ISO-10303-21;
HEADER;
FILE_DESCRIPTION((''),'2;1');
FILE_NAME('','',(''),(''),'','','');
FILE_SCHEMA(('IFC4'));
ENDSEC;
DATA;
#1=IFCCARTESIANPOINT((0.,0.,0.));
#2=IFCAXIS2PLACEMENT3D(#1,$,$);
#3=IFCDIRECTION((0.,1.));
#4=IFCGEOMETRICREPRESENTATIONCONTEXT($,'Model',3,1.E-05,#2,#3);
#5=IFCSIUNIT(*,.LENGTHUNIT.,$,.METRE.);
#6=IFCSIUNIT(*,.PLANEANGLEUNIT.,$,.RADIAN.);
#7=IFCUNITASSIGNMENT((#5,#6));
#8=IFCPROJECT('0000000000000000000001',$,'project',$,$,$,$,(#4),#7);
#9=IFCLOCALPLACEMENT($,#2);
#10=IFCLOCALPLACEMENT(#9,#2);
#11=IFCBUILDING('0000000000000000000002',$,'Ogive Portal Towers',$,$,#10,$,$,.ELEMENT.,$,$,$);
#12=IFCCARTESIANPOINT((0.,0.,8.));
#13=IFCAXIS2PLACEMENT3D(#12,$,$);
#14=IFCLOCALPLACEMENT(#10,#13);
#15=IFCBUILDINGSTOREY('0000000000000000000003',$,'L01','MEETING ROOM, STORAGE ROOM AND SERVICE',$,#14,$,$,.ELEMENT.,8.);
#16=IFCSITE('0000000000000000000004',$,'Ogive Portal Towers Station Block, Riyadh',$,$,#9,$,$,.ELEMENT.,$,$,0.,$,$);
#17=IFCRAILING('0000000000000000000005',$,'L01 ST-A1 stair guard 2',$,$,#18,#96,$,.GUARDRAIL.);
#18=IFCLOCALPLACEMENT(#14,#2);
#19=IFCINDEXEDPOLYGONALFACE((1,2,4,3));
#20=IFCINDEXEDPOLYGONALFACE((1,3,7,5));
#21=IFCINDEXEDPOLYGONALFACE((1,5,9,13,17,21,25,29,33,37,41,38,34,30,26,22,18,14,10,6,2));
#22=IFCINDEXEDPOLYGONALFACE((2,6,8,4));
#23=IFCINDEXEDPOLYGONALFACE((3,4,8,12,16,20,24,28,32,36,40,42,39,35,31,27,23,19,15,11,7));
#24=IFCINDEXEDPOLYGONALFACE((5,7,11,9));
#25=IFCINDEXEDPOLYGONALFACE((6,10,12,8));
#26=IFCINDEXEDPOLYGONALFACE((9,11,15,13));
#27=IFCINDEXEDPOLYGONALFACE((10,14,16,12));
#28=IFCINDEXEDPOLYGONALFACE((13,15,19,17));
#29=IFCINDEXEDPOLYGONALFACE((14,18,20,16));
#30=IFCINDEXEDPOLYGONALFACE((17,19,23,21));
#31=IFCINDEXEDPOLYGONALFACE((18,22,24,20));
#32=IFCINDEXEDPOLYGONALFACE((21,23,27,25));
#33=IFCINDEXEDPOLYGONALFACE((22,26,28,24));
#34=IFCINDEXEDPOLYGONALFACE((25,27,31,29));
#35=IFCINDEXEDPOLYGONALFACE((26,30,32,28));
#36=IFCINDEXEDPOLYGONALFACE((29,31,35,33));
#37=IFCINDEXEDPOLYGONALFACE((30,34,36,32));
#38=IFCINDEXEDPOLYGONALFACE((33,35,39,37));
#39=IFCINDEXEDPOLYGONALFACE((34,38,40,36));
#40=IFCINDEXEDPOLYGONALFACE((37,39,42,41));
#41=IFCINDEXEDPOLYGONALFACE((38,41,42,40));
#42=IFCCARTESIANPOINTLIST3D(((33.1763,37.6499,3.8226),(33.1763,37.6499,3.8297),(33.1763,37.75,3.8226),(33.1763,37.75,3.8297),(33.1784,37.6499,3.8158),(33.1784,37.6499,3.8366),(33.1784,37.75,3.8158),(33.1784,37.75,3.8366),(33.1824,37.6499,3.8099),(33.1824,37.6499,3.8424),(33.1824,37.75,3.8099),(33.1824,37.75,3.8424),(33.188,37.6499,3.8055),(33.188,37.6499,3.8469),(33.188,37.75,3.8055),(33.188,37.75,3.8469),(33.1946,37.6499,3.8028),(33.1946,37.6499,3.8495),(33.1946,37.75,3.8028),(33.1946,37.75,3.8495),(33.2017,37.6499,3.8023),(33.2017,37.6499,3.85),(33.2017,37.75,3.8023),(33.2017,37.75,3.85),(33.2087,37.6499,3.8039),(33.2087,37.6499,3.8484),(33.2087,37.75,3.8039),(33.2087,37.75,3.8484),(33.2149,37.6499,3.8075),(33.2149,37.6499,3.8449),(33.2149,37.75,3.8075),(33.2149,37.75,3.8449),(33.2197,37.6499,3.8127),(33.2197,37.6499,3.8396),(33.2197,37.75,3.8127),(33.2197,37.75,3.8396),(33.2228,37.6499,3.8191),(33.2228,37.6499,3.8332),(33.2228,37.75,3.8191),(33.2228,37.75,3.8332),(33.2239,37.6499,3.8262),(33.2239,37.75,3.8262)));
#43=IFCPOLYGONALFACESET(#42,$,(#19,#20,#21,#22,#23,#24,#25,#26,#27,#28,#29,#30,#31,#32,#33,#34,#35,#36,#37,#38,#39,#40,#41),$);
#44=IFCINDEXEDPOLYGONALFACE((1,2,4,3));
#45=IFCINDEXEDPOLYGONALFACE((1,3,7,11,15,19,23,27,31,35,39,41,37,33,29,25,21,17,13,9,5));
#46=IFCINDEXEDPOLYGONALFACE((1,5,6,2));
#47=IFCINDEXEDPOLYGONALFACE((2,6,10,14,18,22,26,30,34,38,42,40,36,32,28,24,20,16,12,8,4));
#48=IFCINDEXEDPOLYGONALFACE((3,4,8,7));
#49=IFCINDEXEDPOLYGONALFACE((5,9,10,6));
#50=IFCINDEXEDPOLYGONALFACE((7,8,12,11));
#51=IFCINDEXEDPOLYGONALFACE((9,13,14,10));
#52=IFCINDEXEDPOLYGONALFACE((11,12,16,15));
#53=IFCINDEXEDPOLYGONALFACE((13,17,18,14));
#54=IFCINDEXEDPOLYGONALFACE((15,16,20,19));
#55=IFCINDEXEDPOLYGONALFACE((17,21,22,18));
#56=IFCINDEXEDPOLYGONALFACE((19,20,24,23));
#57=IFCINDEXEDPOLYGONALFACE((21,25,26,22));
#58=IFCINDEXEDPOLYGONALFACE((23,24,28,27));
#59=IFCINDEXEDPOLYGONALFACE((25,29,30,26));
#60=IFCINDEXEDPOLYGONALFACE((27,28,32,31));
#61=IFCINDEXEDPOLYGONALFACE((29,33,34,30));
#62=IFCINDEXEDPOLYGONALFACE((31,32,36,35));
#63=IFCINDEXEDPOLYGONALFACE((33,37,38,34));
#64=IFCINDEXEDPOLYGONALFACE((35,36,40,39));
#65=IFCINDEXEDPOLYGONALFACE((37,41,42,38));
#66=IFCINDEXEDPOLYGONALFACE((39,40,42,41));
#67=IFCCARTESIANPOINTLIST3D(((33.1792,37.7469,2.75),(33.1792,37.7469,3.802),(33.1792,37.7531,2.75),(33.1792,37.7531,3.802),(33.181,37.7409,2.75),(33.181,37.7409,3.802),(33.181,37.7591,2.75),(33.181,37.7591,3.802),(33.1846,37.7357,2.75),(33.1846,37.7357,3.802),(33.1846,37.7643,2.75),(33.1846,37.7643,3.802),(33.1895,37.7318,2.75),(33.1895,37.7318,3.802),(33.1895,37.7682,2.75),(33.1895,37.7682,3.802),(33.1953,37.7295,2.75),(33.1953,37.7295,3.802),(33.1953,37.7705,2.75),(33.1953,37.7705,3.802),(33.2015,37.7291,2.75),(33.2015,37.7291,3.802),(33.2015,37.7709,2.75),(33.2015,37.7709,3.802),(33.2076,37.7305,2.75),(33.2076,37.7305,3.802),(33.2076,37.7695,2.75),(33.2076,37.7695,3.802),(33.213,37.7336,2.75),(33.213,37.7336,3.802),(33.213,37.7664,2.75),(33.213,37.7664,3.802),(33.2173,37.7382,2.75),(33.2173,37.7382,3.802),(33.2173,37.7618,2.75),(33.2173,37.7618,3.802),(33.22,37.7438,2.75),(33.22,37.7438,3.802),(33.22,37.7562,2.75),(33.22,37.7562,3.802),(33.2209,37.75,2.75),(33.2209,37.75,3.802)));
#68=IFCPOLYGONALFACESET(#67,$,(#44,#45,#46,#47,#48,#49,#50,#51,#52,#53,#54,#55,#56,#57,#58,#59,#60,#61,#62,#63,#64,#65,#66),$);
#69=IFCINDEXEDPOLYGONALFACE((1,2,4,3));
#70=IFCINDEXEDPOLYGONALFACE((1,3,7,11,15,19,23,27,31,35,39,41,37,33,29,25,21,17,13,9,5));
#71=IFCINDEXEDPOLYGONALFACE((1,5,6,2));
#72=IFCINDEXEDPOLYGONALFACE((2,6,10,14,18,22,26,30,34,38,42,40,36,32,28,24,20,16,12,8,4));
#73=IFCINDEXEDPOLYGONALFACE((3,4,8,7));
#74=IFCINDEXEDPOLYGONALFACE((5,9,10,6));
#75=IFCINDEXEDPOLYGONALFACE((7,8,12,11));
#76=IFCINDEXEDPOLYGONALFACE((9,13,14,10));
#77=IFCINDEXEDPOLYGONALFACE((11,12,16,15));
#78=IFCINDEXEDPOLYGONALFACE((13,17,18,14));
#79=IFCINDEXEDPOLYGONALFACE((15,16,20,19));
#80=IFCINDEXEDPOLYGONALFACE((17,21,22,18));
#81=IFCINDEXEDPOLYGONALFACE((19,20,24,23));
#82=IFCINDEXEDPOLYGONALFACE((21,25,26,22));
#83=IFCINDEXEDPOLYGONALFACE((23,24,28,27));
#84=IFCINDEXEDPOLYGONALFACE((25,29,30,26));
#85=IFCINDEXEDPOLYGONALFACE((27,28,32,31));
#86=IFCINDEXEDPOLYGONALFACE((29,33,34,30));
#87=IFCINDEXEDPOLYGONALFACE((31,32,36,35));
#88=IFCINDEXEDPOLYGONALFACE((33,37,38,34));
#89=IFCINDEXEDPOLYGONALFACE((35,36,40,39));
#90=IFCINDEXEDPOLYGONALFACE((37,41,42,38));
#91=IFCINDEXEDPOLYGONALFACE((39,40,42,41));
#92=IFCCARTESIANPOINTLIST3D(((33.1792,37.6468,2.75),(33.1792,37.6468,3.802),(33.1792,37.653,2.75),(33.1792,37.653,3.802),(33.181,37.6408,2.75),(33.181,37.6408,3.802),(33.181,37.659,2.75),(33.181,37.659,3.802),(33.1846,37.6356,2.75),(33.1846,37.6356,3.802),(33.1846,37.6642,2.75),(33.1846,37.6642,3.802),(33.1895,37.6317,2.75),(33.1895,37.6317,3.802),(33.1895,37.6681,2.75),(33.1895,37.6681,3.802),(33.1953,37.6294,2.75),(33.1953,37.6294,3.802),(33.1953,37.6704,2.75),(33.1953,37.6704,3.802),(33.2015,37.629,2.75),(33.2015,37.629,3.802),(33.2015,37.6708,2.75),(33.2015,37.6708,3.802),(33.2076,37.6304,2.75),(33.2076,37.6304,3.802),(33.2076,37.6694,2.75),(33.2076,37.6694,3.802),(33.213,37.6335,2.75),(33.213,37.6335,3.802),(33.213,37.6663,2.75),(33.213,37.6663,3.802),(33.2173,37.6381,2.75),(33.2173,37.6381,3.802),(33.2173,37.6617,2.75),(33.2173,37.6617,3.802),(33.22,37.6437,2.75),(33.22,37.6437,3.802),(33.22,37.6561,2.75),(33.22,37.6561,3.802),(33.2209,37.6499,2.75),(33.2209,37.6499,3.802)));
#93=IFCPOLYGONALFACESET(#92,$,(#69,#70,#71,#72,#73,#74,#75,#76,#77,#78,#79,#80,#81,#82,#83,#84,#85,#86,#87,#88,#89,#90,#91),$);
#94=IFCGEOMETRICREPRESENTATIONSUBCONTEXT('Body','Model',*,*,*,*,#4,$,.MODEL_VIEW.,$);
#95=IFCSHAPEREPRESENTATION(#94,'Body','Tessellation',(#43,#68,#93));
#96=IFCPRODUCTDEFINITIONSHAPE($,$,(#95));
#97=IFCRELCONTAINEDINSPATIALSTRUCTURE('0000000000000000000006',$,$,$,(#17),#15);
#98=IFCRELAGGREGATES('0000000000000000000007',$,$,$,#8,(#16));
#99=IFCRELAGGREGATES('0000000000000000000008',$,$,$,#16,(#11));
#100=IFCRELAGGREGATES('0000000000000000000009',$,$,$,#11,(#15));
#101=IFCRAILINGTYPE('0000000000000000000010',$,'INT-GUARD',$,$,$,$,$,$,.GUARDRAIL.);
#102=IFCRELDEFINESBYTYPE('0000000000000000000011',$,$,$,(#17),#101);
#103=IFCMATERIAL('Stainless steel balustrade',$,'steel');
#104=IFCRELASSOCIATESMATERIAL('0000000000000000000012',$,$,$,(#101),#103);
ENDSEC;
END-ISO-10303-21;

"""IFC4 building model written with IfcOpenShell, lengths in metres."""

from ifc_helpers import new_model, si_unit, direction, frame, origin, origin_2d, place, context, subcontext, project, spatial, circle, extrude, material, type_object, element, save


model = new_model("IFC4")

# Units and contexts
model_context = context("Model", 3, precision=1e-05, world=origin(), true_north=direction((0.0, 1.0)))
body_context = subcontext(model_context, "Body", "Model", "MODEL_VIEW")
ifc_project = project(units=[si_unit("LENGTHUNIT", "METRE"), si_unit("PLANEANGLEUNIT", "RADIAN")], contexts=[model_context])

# Site, building, storey
site_placement = place(None, origin())
site = spatial("IfcSite", under=ifc_project, at=site_placement, Name="Ogive Portal Towers Station Block, Riyadh", CompositionType="ELEMENT", RefElevation=0.0)
building_placement = place(site_placement, origin())
building = spatial("IfcBuilding", under=site, at=building_placement, Name="Ogive Portal Towers", CompositionType="ELEMENT")
storey_placement = place(building_placement, frame((0.0, 0.0, 8.0)))
storey = spatial("IfcBuildingStorey", under=building, at=storey_placement, Name="L01", Description="MEETING ROOM, STORAGE ROOM AND SERVICE", CompositionType="ELEMENT", Elevation=8.0)

# Railing
ifc_material_1 = material(Name="Stainless steel balustrade", Category="steel")
railing_type_1 = type_object("IfcRailingType", Name="INT-GUARD", PredefinedType="GUARDRAIL", material=ifc_material_1)
railing_1_placement = place(storey_placement, frame((33.2, 37.75, 2.75)))
element("IfcRailing", 1, at=railing_1_placement, inside=storey, type_object=railing_type_1, Name="L01 ST-A1 stair guard 2", PredefinedType="GUARDRAIL", context=body_context, shape_type="SweptSolid", body=[
    extrude(circle(Radius=0.0239, at=origin_2d()), frame((0.0, 0.0, 1.0762), z_axis=(0.0, -1.0, 0.0), x_axis=(1.0, 0.0, 0.0)), (0.0, 0.0, 1.0), 0.1001),
    extrude(circle(Radius=0.021, at=origin_2d()), origin(), (0.0, 0.0, 1.0), 1.052),
    extrude(circle(Radius=0.021, at=origin_2d()), frame((0.0, -0.1001, 0.0)), (0.0, 0.0, 1.0), 1.052),
])

save(model, "model.ifc")
